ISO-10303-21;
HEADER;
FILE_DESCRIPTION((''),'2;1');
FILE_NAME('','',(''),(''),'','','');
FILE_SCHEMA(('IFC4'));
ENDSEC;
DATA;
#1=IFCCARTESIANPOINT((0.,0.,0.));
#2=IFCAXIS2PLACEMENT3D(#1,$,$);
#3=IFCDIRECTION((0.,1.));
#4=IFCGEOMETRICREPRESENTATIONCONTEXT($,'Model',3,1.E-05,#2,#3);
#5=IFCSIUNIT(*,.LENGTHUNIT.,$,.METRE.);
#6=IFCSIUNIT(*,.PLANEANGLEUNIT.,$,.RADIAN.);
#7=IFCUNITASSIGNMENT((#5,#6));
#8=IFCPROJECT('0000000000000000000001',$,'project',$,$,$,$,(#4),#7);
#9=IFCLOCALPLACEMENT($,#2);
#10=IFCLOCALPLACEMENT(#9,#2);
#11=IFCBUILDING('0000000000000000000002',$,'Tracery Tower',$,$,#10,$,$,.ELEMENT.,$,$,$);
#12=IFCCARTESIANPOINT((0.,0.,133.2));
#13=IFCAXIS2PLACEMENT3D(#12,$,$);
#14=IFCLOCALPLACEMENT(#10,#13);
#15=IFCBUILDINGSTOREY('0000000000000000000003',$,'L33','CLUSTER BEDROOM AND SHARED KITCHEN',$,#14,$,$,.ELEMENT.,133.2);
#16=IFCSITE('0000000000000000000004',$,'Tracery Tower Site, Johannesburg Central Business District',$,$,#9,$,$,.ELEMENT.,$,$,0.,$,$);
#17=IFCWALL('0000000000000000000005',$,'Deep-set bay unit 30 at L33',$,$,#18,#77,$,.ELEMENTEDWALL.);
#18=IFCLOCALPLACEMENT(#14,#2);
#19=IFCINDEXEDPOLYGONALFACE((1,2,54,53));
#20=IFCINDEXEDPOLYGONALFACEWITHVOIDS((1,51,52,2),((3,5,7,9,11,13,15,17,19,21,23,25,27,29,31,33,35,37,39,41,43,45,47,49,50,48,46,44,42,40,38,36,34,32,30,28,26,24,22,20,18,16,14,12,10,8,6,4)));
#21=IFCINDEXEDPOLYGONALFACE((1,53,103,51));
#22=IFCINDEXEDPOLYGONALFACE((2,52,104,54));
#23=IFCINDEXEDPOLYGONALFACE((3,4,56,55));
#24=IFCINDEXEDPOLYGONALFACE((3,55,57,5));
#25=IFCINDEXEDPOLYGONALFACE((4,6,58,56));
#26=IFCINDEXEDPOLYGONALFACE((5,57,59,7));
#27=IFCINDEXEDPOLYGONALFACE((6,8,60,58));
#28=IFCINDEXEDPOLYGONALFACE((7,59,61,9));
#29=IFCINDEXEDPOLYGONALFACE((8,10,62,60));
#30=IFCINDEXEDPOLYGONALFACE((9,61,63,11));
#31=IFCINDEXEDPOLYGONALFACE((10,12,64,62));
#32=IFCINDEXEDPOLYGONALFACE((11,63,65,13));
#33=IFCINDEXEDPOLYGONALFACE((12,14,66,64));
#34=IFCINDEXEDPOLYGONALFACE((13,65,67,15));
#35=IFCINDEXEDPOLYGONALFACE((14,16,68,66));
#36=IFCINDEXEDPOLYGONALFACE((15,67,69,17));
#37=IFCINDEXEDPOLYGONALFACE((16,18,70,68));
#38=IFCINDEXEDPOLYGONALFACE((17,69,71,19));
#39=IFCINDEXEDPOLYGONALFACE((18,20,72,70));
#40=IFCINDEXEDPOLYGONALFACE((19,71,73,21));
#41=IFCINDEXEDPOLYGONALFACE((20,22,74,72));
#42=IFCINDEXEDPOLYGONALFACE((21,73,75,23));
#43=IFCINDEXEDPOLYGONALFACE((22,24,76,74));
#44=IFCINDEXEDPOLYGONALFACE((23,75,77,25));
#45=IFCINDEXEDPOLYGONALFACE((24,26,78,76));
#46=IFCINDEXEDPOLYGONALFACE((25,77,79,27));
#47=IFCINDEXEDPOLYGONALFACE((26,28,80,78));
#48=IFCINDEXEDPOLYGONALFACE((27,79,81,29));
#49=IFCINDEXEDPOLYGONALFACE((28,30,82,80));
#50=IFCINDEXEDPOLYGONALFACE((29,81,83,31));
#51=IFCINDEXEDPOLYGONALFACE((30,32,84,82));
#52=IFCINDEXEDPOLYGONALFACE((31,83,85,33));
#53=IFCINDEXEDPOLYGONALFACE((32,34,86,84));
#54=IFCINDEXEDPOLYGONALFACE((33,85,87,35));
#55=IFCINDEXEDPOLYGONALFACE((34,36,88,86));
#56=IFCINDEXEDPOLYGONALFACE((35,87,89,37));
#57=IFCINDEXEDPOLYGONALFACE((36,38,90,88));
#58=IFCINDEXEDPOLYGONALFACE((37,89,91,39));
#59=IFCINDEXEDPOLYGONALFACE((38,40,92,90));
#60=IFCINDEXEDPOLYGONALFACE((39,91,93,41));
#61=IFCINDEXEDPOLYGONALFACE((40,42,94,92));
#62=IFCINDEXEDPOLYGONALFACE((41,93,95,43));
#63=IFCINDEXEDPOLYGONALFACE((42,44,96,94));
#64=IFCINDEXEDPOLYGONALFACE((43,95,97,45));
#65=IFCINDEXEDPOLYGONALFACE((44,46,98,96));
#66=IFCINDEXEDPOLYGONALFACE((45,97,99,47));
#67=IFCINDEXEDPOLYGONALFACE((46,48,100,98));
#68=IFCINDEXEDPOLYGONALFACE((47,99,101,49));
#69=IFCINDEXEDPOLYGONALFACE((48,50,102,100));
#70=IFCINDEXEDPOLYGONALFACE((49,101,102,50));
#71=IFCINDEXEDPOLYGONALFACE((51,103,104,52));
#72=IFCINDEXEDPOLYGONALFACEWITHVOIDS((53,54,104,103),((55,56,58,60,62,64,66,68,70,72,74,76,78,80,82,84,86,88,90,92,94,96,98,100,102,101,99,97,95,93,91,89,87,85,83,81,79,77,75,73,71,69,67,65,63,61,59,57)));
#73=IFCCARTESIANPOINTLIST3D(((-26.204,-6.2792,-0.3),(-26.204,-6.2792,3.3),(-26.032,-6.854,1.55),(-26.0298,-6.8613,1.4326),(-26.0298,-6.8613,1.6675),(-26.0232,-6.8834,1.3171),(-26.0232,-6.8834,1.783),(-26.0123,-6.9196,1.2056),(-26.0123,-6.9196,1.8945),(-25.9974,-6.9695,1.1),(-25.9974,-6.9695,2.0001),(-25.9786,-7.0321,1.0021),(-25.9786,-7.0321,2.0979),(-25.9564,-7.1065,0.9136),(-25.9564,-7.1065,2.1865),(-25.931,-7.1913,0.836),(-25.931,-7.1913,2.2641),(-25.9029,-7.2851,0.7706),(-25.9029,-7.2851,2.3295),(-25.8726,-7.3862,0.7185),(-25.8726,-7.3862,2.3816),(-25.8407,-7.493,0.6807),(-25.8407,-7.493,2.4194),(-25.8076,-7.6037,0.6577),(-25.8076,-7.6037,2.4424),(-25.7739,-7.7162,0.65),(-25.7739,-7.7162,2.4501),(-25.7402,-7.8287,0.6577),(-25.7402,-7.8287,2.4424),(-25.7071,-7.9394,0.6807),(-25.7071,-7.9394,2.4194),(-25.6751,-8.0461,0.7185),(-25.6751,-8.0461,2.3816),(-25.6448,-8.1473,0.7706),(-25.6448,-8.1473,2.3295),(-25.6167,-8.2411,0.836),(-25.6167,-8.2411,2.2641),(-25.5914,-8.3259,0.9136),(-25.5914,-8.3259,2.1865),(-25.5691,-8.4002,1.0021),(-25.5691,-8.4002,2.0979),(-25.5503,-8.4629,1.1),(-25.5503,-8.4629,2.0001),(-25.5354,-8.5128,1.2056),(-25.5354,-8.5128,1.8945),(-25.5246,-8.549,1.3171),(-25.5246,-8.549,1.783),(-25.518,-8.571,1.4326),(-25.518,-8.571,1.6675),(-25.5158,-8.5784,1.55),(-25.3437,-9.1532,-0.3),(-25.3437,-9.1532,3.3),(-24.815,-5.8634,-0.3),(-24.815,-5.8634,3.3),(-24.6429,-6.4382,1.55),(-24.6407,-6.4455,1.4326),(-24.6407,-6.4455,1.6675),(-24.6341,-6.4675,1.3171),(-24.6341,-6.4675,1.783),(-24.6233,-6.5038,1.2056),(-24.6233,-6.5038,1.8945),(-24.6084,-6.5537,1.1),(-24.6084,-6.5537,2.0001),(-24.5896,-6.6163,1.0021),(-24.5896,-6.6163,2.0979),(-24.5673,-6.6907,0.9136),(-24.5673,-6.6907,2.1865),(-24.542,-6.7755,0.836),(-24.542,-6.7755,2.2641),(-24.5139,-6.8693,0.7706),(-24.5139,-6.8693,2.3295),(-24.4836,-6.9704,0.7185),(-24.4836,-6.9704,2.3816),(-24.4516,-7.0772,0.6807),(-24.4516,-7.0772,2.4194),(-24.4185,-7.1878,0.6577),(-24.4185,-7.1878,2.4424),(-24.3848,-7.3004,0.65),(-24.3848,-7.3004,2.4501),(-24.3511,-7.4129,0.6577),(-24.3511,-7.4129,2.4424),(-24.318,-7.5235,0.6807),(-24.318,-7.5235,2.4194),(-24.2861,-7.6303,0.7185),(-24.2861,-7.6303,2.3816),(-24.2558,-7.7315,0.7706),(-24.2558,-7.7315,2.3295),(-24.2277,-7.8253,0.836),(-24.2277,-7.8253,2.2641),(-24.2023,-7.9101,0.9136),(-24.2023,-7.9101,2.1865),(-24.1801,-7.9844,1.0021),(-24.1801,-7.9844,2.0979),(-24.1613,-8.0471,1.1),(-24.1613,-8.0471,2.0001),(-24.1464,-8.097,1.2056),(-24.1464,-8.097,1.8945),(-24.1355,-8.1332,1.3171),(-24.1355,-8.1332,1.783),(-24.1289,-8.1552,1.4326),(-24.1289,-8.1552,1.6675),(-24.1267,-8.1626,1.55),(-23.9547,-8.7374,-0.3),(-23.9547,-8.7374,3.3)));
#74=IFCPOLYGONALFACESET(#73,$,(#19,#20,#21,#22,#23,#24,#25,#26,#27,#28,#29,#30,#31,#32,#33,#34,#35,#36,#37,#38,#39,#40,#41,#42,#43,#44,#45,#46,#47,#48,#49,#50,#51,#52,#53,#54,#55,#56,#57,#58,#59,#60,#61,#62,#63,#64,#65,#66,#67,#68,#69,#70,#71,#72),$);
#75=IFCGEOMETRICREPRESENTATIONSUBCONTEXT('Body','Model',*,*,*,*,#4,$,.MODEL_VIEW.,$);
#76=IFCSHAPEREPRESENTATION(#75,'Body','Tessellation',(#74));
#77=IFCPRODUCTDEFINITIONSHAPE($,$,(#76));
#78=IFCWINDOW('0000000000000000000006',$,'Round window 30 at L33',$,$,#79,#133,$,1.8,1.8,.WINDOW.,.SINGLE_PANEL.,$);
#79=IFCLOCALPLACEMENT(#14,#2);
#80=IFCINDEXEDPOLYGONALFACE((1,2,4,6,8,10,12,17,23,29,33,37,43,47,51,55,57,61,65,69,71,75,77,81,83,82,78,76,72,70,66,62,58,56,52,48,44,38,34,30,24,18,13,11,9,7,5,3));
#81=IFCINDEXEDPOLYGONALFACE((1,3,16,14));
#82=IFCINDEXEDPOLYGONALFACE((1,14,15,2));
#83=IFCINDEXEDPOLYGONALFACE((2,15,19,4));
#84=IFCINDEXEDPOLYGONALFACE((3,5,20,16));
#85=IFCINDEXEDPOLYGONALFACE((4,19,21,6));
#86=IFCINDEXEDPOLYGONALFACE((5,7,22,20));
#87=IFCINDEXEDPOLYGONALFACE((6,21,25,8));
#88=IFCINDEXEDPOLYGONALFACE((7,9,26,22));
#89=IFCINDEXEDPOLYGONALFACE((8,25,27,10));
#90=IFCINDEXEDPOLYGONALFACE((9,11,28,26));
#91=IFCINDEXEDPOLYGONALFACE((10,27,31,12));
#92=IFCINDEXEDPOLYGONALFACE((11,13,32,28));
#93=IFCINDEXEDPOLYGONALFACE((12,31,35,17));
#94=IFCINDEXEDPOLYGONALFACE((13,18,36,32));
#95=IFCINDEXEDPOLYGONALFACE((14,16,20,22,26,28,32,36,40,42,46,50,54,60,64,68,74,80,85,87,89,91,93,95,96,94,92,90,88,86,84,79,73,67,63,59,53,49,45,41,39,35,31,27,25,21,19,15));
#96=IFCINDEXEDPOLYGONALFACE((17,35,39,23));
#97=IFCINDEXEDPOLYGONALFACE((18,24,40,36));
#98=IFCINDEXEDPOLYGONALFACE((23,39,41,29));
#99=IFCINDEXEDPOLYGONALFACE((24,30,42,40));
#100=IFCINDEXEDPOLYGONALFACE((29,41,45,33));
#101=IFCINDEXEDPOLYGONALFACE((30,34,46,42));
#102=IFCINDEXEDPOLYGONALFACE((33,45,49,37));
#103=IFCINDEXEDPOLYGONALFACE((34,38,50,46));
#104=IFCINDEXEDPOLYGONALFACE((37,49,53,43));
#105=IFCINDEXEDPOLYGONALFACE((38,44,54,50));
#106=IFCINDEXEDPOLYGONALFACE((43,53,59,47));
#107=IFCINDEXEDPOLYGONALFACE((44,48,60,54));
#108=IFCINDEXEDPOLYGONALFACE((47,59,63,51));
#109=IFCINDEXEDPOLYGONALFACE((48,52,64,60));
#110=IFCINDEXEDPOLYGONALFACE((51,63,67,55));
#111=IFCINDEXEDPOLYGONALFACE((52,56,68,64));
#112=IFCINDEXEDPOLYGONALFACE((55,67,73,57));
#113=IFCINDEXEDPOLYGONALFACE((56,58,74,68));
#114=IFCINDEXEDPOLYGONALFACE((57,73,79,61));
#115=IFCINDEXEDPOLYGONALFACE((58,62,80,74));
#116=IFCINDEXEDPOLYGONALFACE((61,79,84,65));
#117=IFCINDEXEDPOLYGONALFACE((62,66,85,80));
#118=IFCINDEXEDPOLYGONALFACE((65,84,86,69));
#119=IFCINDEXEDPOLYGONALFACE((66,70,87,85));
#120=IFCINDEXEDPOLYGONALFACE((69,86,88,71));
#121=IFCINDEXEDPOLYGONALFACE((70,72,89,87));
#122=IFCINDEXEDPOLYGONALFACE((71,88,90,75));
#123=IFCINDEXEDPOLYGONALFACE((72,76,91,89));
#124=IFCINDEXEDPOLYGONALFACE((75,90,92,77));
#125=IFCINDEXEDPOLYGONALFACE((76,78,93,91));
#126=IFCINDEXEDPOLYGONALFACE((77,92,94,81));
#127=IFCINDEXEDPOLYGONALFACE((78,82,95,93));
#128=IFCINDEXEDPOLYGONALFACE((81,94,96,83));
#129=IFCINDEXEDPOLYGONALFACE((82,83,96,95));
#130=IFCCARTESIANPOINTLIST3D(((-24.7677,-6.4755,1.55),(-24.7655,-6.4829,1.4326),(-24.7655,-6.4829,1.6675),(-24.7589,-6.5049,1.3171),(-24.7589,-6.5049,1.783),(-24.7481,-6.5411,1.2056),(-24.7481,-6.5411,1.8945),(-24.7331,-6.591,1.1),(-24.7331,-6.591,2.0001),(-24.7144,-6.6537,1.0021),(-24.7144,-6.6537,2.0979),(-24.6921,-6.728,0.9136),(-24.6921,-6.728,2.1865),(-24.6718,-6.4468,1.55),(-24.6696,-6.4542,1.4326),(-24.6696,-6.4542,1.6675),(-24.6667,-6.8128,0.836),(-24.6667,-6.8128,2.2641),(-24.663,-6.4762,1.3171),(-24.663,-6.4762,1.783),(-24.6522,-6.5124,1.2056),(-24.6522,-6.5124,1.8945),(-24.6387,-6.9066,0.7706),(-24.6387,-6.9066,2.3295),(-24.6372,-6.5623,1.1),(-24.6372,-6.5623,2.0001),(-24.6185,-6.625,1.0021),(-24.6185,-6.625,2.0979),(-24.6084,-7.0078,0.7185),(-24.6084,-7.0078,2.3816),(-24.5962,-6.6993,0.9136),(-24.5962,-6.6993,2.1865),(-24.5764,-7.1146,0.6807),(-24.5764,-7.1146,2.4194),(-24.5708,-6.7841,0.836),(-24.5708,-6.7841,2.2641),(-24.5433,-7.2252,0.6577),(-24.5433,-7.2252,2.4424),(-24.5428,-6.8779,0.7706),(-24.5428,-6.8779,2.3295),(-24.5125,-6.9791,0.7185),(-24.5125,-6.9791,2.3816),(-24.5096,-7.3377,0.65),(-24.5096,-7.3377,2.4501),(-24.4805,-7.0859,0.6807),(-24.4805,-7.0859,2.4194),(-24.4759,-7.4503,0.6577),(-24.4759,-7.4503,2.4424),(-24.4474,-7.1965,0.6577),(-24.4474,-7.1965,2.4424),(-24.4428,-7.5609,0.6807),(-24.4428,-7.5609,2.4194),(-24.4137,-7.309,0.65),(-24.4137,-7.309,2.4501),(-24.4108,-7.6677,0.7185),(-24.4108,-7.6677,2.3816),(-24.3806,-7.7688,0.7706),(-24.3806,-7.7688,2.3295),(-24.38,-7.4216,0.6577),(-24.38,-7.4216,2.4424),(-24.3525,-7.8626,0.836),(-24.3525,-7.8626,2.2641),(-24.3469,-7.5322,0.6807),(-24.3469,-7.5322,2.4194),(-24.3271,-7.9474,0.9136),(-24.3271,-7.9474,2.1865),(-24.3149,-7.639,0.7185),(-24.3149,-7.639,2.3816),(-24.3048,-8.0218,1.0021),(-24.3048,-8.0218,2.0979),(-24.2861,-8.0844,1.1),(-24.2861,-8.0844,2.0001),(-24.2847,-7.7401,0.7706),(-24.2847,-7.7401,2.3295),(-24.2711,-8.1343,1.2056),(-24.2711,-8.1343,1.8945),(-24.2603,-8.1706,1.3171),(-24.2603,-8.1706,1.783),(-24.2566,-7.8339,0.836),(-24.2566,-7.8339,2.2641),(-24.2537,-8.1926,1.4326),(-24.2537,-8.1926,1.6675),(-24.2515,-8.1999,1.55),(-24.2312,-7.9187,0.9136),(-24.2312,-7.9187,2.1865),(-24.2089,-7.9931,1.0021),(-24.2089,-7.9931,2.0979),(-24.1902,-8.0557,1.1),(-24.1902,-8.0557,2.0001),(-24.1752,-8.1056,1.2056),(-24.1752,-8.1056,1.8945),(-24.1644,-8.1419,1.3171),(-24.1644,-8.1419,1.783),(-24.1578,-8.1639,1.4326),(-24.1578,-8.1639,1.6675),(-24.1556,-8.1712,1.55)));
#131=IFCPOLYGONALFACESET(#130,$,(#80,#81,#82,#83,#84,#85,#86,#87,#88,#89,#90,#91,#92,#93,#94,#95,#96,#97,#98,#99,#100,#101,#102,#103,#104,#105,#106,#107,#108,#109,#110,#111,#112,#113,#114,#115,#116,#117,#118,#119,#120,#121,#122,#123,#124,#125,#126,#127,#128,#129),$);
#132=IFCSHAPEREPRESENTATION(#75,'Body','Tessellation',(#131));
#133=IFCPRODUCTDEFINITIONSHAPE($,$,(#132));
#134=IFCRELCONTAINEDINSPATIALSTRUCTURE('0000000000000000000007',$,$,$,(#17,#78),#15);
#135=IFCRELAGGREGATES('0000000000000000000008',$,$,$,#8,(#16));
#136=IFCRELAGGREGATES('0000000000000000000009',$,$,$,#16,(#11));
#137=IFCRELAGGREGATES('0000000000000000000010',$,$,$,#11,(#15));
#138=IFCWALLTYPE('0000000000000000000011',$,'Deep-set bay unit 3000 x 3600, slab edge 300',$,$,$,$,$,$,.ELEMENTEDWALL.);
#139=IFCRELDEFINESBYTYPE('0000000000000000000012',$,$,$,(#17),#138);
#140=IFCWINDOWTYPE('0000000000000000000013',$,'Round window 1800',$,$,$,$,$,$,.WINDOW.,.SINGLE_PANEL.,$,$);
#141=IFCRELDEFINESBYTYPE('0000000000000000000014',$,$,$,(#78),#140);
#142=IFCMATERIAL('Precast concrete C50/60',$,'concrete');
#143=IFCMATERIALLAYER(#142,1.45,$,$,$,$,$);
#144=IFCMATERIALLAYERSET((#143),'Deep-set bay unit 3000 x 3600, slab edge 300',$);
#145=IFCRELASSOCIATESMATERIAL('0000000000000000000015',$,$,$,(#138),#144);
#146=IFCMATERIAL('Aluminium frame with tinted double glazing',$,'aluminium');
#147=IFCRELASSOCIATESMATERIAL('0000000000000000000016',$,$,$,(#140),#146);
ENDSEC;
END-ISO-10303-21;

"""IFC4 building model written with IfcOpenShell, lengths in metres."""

from ifc_helpers import new_model, si_unit, direction, frame, frame_2d, origin, origin_2d, place, context, subcontext, project, spatial, rectangle, circle, extrude, material, layer, layer_set, type_object, element, fill, save


model = new_model("IFC4")

# Units and contexts
model_context = context("Model", 3, precision=1e-05, world=origin(), true_north=direction((0.0, 1.0)))
body_context = subcontext(model_context, "Body", "Model", "MODEL_VIEW")
ifc_project = project(units=[si_unit("LENGTHUNIT", "METRE"), si_unit("PLANEANGLEUNIT", "RADIAN")], contexts=[model_context])

# Site, building, storey
site_placement = place(None, origin())
site = spatial("IfcSite", under=ifc_project, at=site_placement, Name="Tracery Tower Site, Johannesburg Central Business District", CompositionType="ELEMENT", RefElevation=0.0)
building_placement = place(site_placement, origin())
building = spatial("IfcBuilding", under=site, at=building_placement, Name="Tracery Tower", CompositionType="ELEMENT")
storey_placement = place(building_placement, frame((0.0, 0.0, 133.2)))
storey = spatial("IfcBuildingStorey", under=building, at=storey_placement, Name="L33", Description="CLUSTER BEDROOM AND SHARED KITCHEN", CompositionType="ELEMENT", Elevation=133.2)

# Wall, opening, window
ifc_material_1 = material(Name="Precast concrete C50/60", Category="concrete")
ifc_layer_1 = layer(ifc_material_1, 1.45)
ifc_layer_set_1 = layer_set([ifc_layer_1], Name="Deep-set bay unit 3000 x 3600, slab edge 300")
wall_type_1 = type_object("IfcWallType", Name="Deep-set bay unit 3000 x 3600, slab edge 300", PredefinedType="ELEMENTEDWALL", material=ifc_layer_set_1)
wall_1_placement = place(storey_placement, frame((-25.5095, -6.0713, -0.3), z_axis=(0.0, 0.0, 1.0), x_axis=(0.28678, -0.957996, 0.0)))
wall_1 = element("IfcWall", 1, at=wall_1_placement, inside=storey, type_object=wall_type_1, Name="Deep-set bay unit 30 at L33", PredefinedType="ELEMENTEDWALL", context=body_context, shape_type="SweptSolid", body=[
    extrude(rectangle(XDim=3.0, YDim=1.45, at=frame_2d((1.5, 0.0))), origin(), (0.0, 0.0, 1.0), 3.6001),
])
opening_1_placement = place(wall_1_placement, frame((1.5, 0.0, 1.8501)))
opening_1 = element("IfcOpeningElement", 2, at=opening_1_placement, cuts=wall_1, PredefinedType="OPENING", context=body_context, shape_type="SweptSolid", body=[
    extrude(circle(Radius=0.9, at=origin_2d()), frame((0.0, 0.7349, 0.0), z_axis=(0.0, -1.0, 0.0), x_axis=(1.0, 0.0, 0.0)), (0.0, 0.0, 1.0), 1.47),
])
ifc_material_2 = material(Name="Aluminium frame with tinted double glazing", Category="aluminium")
window_type = type_object("IfcWindowType", Name="Round window 1800", PartitioningType="SINGLE_PANEL", PredefinedType="WINDOW", material=ifc_material_2)
window_1_placement = place(opening_1_placement, origin())
window_1 = element("IfcWindow", 3, at=window_1_placement, inside=storey, type_object=window_type, Name="Round window 30 at L33", OverallHeight=1.8, OverallWidth=1.8, PartitioningType="SINGLE_PANEL", PredefinedType="WINDOW", context=body_context, shape_type="SweptSolid", body=[
    extrude(circle(Radius=0.9, at=origin_2d()), frame((0.0, 0.6948, 0.0), z_axis=(0.0, -1.0, 0.0), x_axis=(1.0, 0.0, 0.0)), (0.0, 0.0, 1.0), 0.1001),
])
fill(opening_1, window_1)

save(model, "model.ifc")
